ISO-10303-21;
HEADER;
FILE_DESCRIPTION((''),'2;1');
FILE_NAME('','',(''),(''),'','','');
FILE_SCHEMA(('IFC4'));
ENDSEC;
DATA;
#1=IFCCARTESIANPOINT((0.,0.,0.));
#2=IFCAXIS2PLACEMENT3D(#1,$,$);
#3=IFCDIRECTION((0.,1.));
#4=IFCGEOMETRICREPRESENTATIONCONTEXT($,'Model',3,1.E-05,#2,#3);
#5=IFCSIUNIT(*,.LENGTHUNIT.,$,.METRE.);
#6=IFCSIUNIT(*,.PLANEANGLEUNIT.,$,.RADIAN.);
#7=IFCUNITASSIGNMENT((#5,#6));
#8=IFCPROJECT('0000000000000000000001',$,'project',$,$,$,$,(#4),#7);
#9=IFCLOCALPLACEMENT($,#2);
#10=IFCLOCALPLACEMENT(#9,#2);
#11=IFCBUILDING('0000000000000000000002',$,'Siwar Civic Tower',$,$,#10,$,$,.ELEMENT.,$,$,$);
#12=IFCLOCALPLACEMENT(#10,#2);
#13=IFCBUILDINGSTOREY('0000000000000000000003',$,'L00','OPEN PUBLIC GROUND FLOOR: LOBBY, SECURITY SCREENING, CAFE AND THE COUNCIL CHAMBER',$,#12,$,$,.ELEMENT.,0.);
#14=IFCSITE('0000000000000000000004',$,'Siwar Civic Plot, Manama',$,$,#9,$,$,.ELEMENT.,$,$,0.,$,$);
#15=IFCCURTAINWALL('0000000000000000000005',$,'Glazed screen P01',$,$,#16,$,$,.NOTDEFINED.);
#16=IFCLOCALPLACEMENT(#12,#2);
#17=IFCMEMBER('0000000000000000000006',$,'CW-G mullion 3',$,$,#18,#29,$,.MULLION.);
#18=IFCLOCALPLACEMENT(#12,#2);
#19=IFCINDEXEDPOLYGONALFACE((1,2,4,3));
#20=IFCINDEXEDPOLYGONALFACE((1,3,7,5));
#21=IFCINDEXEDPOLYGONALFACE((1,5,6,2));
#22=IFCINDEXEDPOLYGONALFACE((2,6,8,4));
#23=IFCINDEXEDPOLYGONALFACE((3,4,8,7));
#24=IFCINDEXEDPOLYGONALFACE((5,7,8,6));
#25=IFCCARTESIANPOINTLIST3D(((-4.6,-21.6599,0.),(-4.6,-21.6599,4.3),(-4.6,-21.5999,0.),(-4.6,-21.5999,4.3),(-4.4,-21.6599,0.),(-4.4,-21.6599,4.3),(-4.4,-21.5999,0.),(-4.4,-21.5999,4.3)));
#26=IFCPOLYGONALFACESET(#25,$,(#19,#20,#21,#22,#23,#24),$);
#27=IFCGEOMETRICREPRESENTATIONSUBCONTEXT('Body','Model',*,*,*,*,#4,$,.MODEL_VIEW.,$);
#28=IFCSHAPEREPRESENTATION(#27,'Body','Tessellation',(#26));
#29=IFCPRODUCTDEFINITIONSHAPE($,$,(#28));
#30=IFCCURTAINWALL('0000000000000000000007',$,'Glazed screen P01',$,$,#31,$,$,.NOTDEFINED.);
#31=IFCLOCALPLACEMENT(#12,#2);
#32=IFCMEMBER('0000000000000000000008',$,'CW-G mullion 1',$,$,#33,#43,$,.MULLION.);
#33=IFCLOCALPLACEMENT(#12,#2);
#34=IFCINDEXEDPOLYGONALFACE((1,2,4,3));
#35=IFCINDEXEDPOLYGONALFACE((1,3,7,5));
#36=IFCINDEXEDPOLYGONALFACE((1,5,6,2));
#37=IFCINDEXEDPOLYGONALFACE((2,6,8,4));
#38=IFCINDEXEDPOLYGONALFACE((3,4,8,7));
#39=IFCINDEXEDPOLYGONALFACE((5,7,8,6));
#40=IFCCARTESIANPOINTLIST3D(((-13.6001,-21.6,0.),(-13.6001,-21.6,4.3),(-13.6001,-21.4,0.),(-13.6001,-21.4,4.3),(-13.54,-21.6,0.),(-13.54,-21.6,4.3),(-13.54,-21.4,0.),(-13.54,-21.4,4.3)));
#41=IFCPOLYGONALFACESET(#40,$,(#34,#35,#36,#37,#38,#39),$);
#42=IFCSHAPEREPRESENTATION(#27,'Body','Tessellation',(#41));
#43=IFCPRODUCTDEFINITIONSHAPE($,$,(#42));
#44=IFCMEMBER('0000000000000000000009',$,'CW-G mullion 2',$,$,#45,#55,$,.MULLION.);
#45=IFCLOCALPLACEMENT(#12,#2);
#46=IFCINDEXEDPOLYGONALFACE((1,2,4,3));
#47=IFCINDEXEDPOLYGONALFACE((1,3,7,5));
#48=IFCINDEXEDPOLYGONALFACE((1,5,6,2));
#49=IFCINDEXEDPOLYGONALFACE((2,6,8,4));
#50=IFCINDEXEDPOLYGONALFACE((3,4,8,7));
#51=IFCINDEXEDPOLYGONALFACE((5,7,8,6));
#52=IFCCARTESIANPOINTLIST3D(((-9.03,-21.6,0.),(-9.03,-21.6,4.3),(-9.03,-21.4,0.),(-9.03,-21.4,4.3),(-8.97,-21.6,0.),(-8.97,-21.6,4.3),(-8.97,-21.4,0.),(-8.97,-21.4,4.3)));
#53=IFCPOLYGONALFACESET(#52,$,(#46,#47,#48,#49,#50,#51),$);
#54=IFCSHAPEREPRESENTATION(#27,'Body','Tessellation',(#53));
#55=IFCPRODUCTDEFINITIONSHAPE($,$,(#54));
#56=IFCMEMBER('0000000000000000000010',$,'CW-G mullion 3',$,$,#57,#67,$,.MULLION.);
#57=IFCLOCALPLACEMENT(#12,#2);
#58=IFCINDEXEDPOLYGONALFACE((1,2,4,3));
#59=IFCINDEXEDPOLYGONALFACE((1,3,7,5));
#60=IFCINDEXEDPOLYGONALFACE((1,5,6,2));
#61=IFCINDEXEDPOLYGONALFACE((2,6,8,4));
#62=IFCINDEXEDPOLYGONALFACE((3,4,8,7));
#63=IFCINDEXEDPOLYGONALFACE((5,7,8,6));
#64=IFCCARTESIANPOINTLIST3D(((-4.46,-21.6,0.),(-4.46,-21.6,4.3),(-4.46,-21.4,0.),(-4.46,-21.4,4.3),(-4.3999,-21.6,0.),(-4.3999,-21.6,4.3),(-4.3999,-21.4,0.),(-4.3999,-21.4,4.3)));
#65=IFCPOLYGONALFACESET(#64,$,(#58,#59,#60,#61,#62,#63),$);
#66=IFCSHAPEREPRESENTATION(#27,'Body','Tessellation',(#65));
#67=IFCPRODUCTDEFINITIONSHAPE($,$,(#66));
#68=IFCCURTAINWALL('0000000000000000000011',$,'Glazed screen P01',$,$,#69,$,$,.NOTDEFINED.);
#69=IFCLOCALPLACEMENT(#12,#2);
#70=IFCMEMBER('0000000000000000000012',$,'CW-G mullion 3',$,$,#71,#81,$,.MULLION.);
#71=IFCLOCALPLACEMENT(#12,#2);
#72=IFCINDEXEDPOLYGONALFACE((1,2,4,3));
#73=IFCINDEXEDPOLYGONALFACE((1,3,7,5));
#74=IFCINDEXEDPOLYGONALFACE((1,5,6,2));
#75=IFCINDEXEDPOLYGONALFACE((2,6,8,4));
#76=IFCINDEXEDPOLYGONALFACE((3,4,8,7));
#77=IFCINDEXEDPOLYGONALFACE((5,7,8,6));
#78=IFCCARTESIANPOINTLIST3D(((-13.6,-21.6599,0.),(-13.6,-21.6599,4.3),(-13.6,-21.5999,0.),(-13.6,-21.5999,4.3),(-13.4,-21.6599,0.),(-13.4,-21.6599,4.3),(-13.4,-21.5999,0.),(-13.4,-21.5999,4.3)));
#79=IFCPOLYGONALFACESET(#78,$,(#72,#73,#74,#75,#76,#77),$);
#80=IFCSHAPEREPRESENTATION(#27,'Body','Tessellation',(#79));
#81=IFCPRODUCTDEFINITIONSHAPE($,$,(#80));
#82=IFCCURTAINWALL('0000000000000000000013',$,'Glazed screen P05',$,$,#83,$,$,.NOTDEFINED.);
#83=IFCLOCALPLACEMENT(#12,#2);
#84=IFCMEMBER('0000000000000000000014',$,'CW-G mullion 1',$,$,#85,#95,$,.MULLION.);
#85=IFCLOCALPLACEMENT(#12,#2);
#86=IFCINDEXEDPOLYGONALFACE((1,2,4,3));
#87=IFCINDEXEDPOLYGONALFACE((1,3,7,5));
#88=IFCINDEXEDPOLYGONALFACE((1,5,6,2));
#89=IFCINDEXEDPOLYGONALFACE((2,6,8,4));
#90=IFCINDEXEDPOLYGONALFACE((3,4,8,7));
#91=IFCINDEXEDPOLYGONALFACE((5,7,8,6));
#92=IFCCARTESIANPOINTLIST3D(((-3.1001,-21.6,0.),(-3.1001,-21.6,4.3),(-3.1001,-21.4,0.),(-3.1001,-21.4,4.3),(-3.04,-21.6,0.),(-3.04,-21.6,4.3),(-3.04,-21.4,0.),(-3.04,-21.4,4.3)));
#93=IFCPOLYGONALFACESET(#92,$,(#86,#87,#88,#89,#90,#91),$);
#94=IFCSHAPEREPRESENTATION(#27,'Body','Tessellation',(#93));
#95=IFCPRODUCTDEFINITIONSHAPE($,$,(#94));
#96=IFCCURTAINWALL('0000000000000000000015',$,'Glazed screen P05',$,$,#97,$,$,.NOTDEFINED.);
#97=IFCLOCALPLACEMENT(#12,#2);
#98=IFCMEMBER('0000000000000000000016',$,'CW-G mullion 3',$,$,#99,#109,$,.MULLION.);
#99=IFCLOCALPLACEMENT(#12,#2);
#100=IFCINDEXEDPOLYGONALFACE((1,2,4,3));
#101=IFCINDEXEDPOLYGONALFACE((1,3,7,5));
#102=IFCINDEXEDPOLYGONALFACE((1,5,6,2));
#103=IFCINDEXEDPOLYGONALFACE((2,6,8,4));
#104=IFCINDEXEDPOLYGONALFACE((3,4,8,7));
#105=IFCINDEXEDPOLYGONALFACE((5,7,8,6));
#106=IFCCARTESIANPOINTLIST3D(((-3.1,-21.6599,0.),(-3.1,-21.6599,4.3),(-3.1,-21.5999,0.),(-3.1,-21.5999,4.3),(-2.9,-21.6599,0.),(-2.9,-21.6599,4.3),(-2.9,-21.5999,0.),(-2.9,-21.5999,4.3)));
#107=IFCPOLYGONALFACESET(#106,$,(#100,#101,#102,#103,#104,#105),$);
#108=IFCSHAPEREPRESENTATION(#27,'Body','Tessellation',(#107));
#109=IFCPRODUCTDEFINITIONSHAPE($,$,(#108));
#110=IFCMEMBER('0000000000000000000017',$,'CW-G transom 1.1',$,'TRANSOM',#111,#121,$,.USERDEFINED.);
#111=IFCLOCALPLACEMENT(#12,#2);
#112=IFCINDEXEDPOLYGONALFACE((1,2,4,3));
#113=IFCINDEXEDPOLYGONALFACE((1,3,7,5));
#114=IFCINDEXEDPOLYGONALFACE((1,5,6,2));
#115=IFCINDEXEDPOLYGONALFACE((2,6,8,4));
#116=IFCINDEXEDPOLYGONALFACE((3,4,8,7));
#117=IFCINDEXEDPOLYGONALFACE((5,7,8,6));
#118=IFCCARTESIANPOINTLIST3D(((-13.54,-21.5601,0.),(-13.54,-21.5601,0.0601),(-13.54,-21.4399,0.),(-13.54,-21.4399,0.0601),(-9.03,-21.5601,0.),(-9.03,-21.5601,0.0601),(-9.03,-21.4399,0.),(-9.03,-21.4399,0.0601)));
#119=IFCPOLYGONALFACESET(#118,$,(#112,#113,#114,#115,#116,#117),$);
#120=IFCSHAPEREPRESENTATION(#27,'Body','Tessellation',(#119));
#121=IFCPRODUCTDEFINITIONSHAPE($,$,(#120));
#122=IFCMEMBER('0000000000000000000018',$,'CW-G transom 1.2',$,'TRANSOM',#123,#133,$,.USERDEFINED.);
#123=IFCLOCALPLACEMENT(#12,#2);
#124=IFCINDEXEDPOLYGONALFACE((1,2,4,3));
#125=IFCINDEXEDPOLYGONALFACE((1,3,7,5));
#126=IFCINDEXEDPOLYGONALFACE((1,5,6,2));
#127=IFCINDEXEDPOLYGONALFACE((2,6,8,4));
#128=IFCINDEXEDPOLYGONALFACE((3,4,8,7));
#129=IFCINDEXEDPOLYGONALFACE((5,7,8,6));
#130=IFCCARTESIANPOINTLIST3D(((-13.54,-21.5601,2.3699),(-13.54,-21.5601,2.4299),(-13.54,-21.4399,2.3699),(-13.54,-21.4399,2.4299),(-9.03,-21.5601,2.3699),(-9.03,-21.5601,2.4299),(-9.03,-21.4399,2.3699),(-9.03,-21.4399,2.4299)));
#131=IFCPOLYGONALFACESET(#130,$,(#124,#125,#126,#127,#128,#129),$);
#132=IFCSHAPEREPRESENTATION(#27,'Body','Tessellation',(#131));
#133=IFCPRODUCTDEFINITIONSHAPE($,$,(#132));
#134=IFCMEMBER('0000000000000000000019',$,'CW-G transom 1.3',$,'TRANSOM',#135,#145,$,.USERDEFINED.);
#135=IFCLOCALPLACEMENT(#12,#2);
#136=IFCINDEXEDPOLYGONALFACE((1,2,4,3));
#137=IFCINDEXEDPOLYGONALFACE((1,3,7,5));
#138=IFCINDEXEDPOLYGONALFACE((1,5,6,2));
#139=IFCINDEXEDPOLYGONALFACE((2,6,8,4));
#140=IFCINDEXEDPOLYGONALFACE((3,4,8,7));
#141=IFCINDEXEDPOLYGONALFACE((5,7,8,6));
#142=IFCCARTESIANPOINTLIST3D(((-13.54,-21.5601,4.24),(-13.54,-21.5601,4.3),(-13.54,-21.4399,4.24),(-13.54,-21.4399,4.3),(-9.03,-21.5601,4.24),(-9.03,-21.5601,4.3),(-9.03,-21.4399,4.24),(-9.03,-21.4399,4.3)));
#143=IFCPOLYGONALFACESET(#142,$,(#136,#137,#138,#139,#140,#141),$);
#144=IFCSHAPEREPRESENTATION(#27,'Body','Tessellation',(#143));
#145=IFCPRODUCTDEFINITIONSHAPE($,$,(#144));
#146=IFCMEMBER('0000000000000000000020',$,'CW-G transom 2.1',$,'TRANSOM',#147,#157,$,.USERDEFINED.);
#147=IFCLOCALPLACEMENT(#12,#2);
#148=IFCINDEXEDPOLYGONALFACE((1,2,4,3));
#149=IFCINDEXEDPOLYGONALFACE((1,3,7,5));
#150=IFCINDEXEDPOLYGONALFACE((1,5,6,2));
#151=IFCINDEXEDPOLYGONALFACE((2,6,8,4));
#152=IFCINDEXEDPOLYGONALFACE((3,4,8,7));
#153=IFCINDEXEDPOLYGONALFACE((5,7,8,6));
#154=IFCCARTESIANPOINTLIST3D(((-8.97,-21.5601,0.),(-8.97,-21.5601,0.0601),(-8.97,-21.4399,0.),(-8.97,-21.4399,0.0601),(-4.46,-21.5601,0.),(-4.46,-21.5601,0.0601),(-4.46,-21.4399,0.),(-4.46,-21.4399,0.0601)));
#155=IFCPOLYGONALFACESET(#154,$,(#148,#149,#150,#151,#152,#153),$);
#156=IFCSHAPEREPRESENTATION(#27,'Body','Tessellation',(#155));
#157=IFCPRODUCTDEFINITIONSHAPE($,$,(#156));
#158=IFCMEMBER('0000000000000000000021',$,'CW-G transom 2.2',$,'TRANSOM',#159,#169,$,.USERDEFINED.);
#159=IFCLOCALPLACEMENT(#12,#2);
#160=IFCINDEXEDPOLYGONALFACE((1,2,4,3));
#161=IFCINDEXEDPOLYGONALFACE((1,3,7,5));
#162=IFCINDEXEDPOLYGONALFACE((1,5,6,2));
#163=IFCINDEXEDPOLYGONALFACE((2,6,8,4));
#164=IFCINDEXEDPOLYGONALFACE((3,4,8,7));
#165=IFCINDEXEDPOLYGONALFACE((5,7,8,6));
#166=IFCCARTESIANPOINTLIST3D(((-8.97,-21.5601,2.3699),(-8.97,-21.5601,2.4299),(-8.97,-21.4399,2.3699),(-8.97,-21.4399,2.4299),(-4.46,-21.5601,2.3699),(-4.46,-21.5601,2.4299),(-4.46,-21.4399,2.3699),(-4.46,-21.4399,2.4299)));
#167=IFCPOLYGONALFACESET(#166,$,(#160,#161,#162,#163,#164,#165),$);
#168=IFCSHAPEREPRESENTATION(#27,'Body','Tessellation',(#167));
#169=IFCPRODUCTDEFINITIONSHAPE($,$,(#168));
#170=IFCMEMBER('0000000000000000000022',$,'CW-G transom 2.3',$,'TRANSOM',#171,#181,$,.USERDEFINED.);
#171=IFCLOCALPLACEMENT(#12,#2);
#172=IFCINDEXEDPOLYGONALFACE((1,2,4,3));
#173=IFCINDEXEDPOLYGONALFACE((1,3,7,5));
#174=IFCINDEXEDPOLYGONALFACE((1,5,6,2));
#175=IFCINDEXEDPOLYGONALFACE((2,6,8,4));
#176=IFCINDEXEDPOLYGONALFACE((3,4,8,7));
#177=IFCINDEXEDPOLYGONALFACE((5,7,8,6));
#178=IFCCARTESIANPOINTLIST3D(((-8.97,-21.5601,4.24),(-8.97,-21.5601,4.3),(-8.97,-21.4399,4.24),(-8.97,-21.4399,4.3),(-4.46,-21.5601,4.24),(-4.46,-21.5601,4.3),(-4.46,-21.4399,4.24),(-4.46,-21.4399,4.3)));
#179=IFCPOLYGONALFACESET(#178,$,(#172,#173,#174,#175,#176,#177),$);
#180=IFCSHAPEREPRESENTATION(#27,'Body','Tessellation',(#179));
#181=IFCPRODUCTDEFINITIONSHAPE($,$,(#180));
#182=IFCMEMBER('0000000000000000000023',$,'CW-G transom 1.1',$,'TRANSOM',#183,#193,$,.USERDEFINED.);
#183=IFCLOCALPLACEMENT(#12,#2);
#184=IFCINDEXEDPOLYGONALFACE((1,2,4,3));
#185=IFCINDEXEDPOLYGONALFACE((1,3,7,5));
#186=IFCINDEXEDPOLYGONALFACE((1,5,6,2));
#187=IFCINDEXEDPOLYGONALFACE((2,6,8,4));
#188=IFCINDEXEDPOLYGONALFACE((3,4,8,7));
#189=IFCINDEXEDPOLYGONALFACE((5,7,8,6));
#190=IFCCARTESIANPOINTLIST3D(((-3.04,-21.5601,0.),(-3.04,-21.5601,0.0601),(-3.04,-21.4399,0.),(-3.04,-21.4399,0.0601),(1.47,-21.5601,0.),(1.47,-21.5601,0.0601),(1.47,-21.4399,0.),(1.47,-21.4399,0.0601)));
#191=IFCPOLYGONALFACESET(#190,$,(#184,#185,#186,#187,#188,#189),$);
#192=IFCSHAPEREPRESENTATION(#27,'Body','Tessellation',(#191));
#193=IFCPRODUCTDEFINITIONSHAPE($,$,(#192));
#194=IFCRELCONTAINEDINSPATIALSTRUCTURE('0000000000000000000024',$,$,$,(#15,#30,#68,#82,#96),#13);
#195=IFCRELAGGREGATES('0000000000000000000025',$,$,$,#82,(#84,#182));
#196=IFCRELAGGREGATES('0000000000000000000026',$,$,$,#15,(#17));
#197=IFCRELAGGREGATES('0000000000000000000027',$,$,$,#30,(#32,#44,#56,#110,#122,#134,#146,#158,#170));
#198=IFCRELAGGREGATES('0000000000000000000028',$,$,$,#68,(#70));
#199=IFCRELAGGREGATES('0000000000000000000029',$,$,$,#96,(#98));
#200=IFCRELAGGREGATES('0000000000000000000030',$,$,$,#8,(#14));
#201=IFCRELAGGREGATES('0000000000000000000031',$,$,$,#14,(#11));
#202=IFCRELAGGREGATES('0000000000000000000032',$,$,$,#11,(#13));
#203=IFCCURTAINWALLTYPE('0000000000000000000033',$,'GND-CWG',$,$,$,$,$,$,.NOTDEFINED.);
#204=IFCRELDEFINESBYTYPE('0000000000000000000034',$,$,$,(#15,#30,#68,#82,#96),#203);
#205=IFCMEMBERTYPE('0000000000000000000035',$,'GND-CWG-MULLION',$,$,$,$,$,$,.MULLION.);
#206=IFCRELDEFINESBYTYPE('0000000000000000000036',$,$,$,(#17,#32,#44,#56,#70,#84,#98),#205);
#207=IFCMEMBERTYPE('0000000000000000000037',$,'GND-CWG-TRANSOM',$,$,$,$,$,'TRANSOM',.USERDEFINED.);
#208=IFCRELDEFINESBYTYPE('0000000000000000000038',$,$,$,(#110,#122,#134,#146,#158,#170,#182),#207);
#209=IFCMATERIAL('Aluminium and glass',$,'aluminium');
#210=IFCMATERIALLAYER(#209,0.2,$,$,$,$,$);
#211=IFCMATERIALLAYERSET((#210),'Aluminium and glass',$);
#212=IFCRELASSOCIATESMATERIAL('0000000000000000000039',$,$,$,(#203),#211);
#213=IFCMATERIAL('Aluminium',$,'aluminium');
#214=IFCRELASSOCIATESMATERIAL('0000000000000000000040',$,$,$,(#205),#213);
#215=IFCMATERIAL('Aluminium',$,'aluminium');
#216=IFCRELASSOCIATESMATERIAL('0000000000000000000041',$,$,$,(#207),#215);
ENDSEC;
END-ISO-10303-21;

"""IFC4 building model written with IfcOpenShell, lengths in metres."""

from ifc_helpers import new_model, si_unit, direction, frame, origin, origin_2d, place, context, subcontext, project, spatial, rectangle, extrude, material, layer, layer_set, material_profile, profile_set, type_object, element, aggregate, save


model = new_model("IFC4")

# Units and contexts
model_context = context("Model", 3, precision=1e-05, world=origin(), true_north=direction((0.0, 1.0)))
body_context = subcontext(model_context, "Body", "Model", "MODEL_VIEW")
ifc_project = project(units=[si_unit("LENGTHUNIT", "METRE"), si_unit("PLANEANGLEUNIT", "RADIAN")], contexts=[model_context])

# Site, building, storey
site_placement = place(None, origin())
site = spatial("IfcSite", under=ifc_project, at=site_placement, Name="Siwar Civic Plot, Manama", CompositionType="ELEMENT", RefElevation=0.0)
building_placement = place(site_placement, origin())
building = spatial("IfcBuilding", under=site, at=building_placement, Name="Siwar Civic Tower", CompositionType="ELEMENT")
storey_placement = place(building_placement, origin())
storey = spatial("IfcBuildingStorey", under=building, at=storey_placement, Name="L00", Description="OPEN PUBLIC GROUND FLOOR: LOBBY, SECURITY SCREENING, CAFE AND THE COUNCIL CHAMBER", CompositionType="ELEMENT", Elevation=0.0)

# Curtain wall, member
ifc_material_1 = material(Name="Aluminium and glass", Category="aluminium")
ifc_layer_1 = layer(ifc_material_1, 0.2)
ifc_layer_set_1 = layer_set([ifc_layer_1], Name="Aluminium and glass")
curtain_wall_type = type_object("IfcCurtainWallType", Name="GND-CWG", PredefinedType="NOTDEFINED", material=ifc_layer_set_1)
curtain_wall_1_placement = place(storey_placement, origin())
curtain_wall_1 = element("IfcCurtainWall", 1, at=curtain_wall_1_placement, inside=storey, type_object=curtain_wall_type, Name="Glazed screen P01", PredefinedType="NOTDEFINED")
ifc_material_2 = material(Name="Aluminium", Category="aluminium")
ifc_material_profile_1 = material_profile(ifc_material_2, rectangle(XDim=0.2, YDim=0.0601, at=origin_2d()), Name="AL 200x60")
ifc_profile_set_1 = profile_set([ifc_material_profile_1], Name="Aluminium")
member_type_1 = type_object("IfcMemberType", Name="GND-CWG-MULLION", PredefinedType="MULLION", material=ifc_profile_set_1)
member_1_placement = place(storey_placement, frame((-4.5, -21.6299, 0.0), z_axis=(0.0, 0.0, 1.0), x_axis=(-1.0, 0.0, 0.0)))
member_1 = element("IfcMember", 2, at=member_1_placement, type_object=member_type_1, Name="CW-G mullion 3", PredefinedType="MULLION", context=body_context, shape_type="SweptSolid", body=[
    extrude(rectangle(XDim=0.2, YDim=0.0601, at=origin_2d()), origin(), (0.0, 0.0, 1.0), 4.3),
])

# Curtain wall, members
curtain_wall_2_placement = place(storey_placement, origin())
curtain_wall_2 = element("IfcCurtainWall", 3, at=curtain_wall_2_placement, inside=storey, type_object=curtain_wall_type, Name="Glazed screen P01", PredefinedType="NOTDEFINED")
member_2_placement = place(storey_placement, frame((-13.5701, -21.5, 0.0), z_axis=(0.0, 0.0, 1.0), x_axis=(0.0, 1.0, 0.0)))
member_2 = element("IfcMember", 4, at=member_2_placement, type_object=member_type_1, Name="CW-G mullion 1", PredefinedType="MULLION", context=body_context, shape_type="SweptSolid", body=[
    extrude(rectangle(XDim=0.2, YDim=0.0601, at=origin_2d()), origin(), (0.0, 0.0, 1.0), 4.3),
])
member_3_placement = place(storey_placement, frame((-9.0, -21.5, 0.0), z_axis=(0.0, 0.0, 1.0), x_axis=(0.0, 1.0, 0.0)))
member_3 = element("IfcMember", 5, at=member_3_placement, type_object=member_type_1, Name="CW-G mullion 2", PredefinedType="MULLION", context=body_context, shape_type="SweptSolid", body=[
    extrude(rectangle(XDim=0.2, YDim=0.0601, at=origin_2d()), origin(), (0.0, 0.0, 1.0), 4.3),
])
member_4_placement = place(storey_placement, frame((-4.4299, -21.5, 0.0), z_axis=(0.0, 0.0, 1.0), x_axis=(0.0, 1.0, 0.0)))
member_4 = element("IfcMember", 6, at=member_4_placement, type_object=member_type_1, Name="CW-G mullion 3", PredefinedType="MULLION", context=body_context, shape_type="SweptSolid", body=[
    extrude(rectangle(XDim=0.2, YDim=0.0601, at=origin_2d()), origin(), (0.0, 0.0, 1.0), 4.3),
])

# Curtain walls, members
curtain_wall_3_placement = place(storey_placement, origin())
curtain_wall_3 = element("IfcCurtainWall", 7, at=curtain_wall_3_placement, inside=storey, type_object=curtain_wall_type, Name="Glazed screen P01", PredefinedType="NOTDEFINED")
member_5_placement = place(storey_placement, frame((-13.5, -21.6299, 0.0), z_axis=(0.0, 0.0, 1.0), x_axis=(-1.0, 0.0, 0.0)))
member_5 = element("IfcMember", 8, at=member_5_placement, type_object=member_type_1, Name="CW-G mullion 3", PredefinedType="MULLION", context=body_context, shape_type="SweptSolid", body=[
    extrude(rectangle(XDim=0.2, YDim=0.0601, at=origin_2d()), origin(), (0.0, 0.0, 1.0), 4.3),
])
curtain_wall_4_placement = place(storey_placement, origin())
curtain_wall_4 = element("IfcCurtainWall", 9, at=curtain_wall_4_placement, inside=storey, type_object=curtain_wall_type, Name="Glazed screen P05", PredefinedType="NOTDEFINED")
member_6_placement = place(storey_placement, frame((-3.0701, -21.5, 0.0), z_axis=(0.0, 0.0, 1.0), x_axis=(0.0, 1.0, 0.0)))
member_6 = element("IfcMember", 10, at=member_6_placement, type_object=member_type_1, Name="CW-G mullion 1", PredefinedType="MULLION", context=body_context, shape_type="SweptSolid", body=[
    extrude(rectangle(XDim=0.2, YDim=0.0601, at=origin_2d()), origin(), (0.0, 0.0, 1.0), 4.3),
])
curtain_wall_5_placement = place(storey_placement, origin())
curtain_wall_5 = element("IfcCurtainWall", 11, at=curtain_wall_5_placement, inside=storey, type_object=curtain_wall_type, Name="Glazed screen P05", PredefinedType="NOTDEFINED")
member_7_placement = place(storey_placement, frame((-3.0, -21.6299, 0.0), z_axis=(0.0, 0.0, 1.0), x_axis=(-1.0, 0.0, 0.0)))
member_7 = element("IfcMember", 12, at=member_7_placement, type_object=member_type_1, Name="CW-G mullion 3", PredefinedType="MULLION", context=body_context, shape_type="SweptSolid", body=[
    extrude(rectangle(XDim=0.2, YDim=0.0601, at=origin_2d()), origin(), (0.0, 0.0, 1.0), 4.3),
])

# Members
ifc_material_3 = material(Name="Aluminium", Category="aluminium")
ifc_material_profile_2 = material_profile(ifc_material_3, rectangle(XDim=0.1201, YDim=0.0601, at=origin_2d()), Name="AL 120x60")
ifc_profile_set_2 = profile_set([ifc_material_profile_2], Name="Aluminium")
member_type_2 = type_object("IfcMemberType", Name="GND-CWG-TRANSOM", ElementType="TRANSOM", PredefinedType="USERDEFINED", material=ifc_profile_set_2)
member_8_placement = place(storey_placement, frame((-13.54, -21.5, 0.03), z_axis=(1.0, 0.0, 0.0), x_axis=(0.0, 1.0, 0.0)))
member_8 = element("IfcMember", 13, at=member_8_placement, type_object=member_type_2, Name="CW-G transom 1.1", ObjectType="TRANSOM", PredefinedType="USERDEFINED", context=body_context, shape_type="SweptSolid", body=[
    extrude(rectangle(XDim=0.1201, YDim=0.0601, at=origin_2d()), origin(), (0.0, 0.0, 1.0), 4.51),
])
member_9_placement = place(storey_placement, frame((-13.54, -21.5, 2.3999), z_axis=(1.0, 0.0, 0.0), x_axis=(0.0, 1.0, 0.0)))
member_9 = element("IfcMember", 14, at=member_9_placement, type_object=member_type_2, Name="CW-G transom 1.2", ObjectType="TRANSOM", PredefinedType="USERDEFINED", context=body_context, shape_type="SweptSolid", body=[
    extrude(rectangle(XDim=0.1201, YDim=0.0601, at=origin_2d()), origin(), (0.0, 0.0, 1.0), 4.51),
])
member_10_placement = place(storey_placement, frame((-13.54, -21.5, 4.27), z_axis=(1.0, 0.0, 0.0), x_axis=(0.0, 1.0, 0.0)))
member_10 = element("IfcMember", 15, at=member_10_placement, type_object=member_type_2, Name="CW-G transom 1.3", ObjectType="TRANSOM", PredefinedType="USERDEFINED", context=body_context, shape_type="SweptSolid", body=[
    extrude(rectangle(XDim=0.1201, YDim=0.0601, at=origin_2d()), origin(), (0.0, 0.0, 1.0), 4.51),
])
member_11_placement = place(storey_placement, frame((-8.97, -21.5, 0.03), z_axis=(1.0, 0.0, 0.0), x_axis=(0.0, 1.0, 0.0)))
member_11 = element("IfcMember", 16, at=member_11_placement, type_object=member_type_2, Name="CW-G transom 2.1", ObjectType="TRANSOM", PredefinedType="USERDEFINED", context=body_context, shape_type="SweptSolid", body=[
    extrude(rectangle(XDim=0.1201, YDim=0.0601, at=origin_2d()), origin(), (0.0, 0.0, 1.0), 4.51),
])
member_12_placement = place(storey_placement, frame((-8.97, -21.5, 2.3999), z_axis=(1.0, 0.0, 0.0), x_axis=(0.0, 1.0, 0.0)))
member_12 = element("IfcMember", 17, at=member_12_placement, type_object=member_type_2, Name="CW-G transom 2.2", ObjectType="TRANSOM", PredefinedType="USERDEFINED", context=body_context, shape_type="SweptSolid", body=[
    extrude(rectangle(XDim=0.1201, YDim=0.0601, at=origin_2d()), origin(), (0.0, 0.0, 1.0), 4.51),
])
member_13_placement = place(storey_placement, frame((-8.97, -21.5, 4.27), z_axis=(1.0, 0.0, 0.0), x_axis=(0.0, 1.0, 0.0)))
member_13 = element("IfcMember", 18, at=member_13_placement, type_object=member_type_2, Name="CW-G transom 2.3", ObjectType="TRANSOM", PredefinedType="USERDEFINED", context=body_context, shape_type="SweptSolid", body=[
    extrude(rectangle(XDim=0.1201, YDim=0.0601, at=origin_2d()), origin(), (0.0, 0.0, 1.0), 4.51),
])
member_14_placement = place(storey_placement, frame((-3.04, -21.5, 0.03), z_axis=(1.0, 0.0, 0.0), x_axis=(0.0, 1.0, 0.0)))
member_14 = element("IfcMember", 19, at=member_14_placement, type_object=member_type_2, Name="CW-G transom 1.1", ObjectType="TRANSOM", PredefinedType="USERDEFINED", context=body_context, shape_type="SweptSolid", body=[
    extrude(rectangle(XDim=0.1201, YDim=0.0601, at=origin_2d()), origin(), (0.0, 0.0, 1.0), 4.51),
])
aggregate(curtain_wall_4, [member_6, member_14])

aggregate(curtain_wall_1, [member_1])
aggregate(curtain_wall_2, [member_2, member_3, member_4, member_8, member_9, member_10, member_11, member_12, member_13])
aggregate(curtain_wall_3, [member_5])
aggregate(curtain_wall_5, [member_7])

save(model, "model.ifc")
